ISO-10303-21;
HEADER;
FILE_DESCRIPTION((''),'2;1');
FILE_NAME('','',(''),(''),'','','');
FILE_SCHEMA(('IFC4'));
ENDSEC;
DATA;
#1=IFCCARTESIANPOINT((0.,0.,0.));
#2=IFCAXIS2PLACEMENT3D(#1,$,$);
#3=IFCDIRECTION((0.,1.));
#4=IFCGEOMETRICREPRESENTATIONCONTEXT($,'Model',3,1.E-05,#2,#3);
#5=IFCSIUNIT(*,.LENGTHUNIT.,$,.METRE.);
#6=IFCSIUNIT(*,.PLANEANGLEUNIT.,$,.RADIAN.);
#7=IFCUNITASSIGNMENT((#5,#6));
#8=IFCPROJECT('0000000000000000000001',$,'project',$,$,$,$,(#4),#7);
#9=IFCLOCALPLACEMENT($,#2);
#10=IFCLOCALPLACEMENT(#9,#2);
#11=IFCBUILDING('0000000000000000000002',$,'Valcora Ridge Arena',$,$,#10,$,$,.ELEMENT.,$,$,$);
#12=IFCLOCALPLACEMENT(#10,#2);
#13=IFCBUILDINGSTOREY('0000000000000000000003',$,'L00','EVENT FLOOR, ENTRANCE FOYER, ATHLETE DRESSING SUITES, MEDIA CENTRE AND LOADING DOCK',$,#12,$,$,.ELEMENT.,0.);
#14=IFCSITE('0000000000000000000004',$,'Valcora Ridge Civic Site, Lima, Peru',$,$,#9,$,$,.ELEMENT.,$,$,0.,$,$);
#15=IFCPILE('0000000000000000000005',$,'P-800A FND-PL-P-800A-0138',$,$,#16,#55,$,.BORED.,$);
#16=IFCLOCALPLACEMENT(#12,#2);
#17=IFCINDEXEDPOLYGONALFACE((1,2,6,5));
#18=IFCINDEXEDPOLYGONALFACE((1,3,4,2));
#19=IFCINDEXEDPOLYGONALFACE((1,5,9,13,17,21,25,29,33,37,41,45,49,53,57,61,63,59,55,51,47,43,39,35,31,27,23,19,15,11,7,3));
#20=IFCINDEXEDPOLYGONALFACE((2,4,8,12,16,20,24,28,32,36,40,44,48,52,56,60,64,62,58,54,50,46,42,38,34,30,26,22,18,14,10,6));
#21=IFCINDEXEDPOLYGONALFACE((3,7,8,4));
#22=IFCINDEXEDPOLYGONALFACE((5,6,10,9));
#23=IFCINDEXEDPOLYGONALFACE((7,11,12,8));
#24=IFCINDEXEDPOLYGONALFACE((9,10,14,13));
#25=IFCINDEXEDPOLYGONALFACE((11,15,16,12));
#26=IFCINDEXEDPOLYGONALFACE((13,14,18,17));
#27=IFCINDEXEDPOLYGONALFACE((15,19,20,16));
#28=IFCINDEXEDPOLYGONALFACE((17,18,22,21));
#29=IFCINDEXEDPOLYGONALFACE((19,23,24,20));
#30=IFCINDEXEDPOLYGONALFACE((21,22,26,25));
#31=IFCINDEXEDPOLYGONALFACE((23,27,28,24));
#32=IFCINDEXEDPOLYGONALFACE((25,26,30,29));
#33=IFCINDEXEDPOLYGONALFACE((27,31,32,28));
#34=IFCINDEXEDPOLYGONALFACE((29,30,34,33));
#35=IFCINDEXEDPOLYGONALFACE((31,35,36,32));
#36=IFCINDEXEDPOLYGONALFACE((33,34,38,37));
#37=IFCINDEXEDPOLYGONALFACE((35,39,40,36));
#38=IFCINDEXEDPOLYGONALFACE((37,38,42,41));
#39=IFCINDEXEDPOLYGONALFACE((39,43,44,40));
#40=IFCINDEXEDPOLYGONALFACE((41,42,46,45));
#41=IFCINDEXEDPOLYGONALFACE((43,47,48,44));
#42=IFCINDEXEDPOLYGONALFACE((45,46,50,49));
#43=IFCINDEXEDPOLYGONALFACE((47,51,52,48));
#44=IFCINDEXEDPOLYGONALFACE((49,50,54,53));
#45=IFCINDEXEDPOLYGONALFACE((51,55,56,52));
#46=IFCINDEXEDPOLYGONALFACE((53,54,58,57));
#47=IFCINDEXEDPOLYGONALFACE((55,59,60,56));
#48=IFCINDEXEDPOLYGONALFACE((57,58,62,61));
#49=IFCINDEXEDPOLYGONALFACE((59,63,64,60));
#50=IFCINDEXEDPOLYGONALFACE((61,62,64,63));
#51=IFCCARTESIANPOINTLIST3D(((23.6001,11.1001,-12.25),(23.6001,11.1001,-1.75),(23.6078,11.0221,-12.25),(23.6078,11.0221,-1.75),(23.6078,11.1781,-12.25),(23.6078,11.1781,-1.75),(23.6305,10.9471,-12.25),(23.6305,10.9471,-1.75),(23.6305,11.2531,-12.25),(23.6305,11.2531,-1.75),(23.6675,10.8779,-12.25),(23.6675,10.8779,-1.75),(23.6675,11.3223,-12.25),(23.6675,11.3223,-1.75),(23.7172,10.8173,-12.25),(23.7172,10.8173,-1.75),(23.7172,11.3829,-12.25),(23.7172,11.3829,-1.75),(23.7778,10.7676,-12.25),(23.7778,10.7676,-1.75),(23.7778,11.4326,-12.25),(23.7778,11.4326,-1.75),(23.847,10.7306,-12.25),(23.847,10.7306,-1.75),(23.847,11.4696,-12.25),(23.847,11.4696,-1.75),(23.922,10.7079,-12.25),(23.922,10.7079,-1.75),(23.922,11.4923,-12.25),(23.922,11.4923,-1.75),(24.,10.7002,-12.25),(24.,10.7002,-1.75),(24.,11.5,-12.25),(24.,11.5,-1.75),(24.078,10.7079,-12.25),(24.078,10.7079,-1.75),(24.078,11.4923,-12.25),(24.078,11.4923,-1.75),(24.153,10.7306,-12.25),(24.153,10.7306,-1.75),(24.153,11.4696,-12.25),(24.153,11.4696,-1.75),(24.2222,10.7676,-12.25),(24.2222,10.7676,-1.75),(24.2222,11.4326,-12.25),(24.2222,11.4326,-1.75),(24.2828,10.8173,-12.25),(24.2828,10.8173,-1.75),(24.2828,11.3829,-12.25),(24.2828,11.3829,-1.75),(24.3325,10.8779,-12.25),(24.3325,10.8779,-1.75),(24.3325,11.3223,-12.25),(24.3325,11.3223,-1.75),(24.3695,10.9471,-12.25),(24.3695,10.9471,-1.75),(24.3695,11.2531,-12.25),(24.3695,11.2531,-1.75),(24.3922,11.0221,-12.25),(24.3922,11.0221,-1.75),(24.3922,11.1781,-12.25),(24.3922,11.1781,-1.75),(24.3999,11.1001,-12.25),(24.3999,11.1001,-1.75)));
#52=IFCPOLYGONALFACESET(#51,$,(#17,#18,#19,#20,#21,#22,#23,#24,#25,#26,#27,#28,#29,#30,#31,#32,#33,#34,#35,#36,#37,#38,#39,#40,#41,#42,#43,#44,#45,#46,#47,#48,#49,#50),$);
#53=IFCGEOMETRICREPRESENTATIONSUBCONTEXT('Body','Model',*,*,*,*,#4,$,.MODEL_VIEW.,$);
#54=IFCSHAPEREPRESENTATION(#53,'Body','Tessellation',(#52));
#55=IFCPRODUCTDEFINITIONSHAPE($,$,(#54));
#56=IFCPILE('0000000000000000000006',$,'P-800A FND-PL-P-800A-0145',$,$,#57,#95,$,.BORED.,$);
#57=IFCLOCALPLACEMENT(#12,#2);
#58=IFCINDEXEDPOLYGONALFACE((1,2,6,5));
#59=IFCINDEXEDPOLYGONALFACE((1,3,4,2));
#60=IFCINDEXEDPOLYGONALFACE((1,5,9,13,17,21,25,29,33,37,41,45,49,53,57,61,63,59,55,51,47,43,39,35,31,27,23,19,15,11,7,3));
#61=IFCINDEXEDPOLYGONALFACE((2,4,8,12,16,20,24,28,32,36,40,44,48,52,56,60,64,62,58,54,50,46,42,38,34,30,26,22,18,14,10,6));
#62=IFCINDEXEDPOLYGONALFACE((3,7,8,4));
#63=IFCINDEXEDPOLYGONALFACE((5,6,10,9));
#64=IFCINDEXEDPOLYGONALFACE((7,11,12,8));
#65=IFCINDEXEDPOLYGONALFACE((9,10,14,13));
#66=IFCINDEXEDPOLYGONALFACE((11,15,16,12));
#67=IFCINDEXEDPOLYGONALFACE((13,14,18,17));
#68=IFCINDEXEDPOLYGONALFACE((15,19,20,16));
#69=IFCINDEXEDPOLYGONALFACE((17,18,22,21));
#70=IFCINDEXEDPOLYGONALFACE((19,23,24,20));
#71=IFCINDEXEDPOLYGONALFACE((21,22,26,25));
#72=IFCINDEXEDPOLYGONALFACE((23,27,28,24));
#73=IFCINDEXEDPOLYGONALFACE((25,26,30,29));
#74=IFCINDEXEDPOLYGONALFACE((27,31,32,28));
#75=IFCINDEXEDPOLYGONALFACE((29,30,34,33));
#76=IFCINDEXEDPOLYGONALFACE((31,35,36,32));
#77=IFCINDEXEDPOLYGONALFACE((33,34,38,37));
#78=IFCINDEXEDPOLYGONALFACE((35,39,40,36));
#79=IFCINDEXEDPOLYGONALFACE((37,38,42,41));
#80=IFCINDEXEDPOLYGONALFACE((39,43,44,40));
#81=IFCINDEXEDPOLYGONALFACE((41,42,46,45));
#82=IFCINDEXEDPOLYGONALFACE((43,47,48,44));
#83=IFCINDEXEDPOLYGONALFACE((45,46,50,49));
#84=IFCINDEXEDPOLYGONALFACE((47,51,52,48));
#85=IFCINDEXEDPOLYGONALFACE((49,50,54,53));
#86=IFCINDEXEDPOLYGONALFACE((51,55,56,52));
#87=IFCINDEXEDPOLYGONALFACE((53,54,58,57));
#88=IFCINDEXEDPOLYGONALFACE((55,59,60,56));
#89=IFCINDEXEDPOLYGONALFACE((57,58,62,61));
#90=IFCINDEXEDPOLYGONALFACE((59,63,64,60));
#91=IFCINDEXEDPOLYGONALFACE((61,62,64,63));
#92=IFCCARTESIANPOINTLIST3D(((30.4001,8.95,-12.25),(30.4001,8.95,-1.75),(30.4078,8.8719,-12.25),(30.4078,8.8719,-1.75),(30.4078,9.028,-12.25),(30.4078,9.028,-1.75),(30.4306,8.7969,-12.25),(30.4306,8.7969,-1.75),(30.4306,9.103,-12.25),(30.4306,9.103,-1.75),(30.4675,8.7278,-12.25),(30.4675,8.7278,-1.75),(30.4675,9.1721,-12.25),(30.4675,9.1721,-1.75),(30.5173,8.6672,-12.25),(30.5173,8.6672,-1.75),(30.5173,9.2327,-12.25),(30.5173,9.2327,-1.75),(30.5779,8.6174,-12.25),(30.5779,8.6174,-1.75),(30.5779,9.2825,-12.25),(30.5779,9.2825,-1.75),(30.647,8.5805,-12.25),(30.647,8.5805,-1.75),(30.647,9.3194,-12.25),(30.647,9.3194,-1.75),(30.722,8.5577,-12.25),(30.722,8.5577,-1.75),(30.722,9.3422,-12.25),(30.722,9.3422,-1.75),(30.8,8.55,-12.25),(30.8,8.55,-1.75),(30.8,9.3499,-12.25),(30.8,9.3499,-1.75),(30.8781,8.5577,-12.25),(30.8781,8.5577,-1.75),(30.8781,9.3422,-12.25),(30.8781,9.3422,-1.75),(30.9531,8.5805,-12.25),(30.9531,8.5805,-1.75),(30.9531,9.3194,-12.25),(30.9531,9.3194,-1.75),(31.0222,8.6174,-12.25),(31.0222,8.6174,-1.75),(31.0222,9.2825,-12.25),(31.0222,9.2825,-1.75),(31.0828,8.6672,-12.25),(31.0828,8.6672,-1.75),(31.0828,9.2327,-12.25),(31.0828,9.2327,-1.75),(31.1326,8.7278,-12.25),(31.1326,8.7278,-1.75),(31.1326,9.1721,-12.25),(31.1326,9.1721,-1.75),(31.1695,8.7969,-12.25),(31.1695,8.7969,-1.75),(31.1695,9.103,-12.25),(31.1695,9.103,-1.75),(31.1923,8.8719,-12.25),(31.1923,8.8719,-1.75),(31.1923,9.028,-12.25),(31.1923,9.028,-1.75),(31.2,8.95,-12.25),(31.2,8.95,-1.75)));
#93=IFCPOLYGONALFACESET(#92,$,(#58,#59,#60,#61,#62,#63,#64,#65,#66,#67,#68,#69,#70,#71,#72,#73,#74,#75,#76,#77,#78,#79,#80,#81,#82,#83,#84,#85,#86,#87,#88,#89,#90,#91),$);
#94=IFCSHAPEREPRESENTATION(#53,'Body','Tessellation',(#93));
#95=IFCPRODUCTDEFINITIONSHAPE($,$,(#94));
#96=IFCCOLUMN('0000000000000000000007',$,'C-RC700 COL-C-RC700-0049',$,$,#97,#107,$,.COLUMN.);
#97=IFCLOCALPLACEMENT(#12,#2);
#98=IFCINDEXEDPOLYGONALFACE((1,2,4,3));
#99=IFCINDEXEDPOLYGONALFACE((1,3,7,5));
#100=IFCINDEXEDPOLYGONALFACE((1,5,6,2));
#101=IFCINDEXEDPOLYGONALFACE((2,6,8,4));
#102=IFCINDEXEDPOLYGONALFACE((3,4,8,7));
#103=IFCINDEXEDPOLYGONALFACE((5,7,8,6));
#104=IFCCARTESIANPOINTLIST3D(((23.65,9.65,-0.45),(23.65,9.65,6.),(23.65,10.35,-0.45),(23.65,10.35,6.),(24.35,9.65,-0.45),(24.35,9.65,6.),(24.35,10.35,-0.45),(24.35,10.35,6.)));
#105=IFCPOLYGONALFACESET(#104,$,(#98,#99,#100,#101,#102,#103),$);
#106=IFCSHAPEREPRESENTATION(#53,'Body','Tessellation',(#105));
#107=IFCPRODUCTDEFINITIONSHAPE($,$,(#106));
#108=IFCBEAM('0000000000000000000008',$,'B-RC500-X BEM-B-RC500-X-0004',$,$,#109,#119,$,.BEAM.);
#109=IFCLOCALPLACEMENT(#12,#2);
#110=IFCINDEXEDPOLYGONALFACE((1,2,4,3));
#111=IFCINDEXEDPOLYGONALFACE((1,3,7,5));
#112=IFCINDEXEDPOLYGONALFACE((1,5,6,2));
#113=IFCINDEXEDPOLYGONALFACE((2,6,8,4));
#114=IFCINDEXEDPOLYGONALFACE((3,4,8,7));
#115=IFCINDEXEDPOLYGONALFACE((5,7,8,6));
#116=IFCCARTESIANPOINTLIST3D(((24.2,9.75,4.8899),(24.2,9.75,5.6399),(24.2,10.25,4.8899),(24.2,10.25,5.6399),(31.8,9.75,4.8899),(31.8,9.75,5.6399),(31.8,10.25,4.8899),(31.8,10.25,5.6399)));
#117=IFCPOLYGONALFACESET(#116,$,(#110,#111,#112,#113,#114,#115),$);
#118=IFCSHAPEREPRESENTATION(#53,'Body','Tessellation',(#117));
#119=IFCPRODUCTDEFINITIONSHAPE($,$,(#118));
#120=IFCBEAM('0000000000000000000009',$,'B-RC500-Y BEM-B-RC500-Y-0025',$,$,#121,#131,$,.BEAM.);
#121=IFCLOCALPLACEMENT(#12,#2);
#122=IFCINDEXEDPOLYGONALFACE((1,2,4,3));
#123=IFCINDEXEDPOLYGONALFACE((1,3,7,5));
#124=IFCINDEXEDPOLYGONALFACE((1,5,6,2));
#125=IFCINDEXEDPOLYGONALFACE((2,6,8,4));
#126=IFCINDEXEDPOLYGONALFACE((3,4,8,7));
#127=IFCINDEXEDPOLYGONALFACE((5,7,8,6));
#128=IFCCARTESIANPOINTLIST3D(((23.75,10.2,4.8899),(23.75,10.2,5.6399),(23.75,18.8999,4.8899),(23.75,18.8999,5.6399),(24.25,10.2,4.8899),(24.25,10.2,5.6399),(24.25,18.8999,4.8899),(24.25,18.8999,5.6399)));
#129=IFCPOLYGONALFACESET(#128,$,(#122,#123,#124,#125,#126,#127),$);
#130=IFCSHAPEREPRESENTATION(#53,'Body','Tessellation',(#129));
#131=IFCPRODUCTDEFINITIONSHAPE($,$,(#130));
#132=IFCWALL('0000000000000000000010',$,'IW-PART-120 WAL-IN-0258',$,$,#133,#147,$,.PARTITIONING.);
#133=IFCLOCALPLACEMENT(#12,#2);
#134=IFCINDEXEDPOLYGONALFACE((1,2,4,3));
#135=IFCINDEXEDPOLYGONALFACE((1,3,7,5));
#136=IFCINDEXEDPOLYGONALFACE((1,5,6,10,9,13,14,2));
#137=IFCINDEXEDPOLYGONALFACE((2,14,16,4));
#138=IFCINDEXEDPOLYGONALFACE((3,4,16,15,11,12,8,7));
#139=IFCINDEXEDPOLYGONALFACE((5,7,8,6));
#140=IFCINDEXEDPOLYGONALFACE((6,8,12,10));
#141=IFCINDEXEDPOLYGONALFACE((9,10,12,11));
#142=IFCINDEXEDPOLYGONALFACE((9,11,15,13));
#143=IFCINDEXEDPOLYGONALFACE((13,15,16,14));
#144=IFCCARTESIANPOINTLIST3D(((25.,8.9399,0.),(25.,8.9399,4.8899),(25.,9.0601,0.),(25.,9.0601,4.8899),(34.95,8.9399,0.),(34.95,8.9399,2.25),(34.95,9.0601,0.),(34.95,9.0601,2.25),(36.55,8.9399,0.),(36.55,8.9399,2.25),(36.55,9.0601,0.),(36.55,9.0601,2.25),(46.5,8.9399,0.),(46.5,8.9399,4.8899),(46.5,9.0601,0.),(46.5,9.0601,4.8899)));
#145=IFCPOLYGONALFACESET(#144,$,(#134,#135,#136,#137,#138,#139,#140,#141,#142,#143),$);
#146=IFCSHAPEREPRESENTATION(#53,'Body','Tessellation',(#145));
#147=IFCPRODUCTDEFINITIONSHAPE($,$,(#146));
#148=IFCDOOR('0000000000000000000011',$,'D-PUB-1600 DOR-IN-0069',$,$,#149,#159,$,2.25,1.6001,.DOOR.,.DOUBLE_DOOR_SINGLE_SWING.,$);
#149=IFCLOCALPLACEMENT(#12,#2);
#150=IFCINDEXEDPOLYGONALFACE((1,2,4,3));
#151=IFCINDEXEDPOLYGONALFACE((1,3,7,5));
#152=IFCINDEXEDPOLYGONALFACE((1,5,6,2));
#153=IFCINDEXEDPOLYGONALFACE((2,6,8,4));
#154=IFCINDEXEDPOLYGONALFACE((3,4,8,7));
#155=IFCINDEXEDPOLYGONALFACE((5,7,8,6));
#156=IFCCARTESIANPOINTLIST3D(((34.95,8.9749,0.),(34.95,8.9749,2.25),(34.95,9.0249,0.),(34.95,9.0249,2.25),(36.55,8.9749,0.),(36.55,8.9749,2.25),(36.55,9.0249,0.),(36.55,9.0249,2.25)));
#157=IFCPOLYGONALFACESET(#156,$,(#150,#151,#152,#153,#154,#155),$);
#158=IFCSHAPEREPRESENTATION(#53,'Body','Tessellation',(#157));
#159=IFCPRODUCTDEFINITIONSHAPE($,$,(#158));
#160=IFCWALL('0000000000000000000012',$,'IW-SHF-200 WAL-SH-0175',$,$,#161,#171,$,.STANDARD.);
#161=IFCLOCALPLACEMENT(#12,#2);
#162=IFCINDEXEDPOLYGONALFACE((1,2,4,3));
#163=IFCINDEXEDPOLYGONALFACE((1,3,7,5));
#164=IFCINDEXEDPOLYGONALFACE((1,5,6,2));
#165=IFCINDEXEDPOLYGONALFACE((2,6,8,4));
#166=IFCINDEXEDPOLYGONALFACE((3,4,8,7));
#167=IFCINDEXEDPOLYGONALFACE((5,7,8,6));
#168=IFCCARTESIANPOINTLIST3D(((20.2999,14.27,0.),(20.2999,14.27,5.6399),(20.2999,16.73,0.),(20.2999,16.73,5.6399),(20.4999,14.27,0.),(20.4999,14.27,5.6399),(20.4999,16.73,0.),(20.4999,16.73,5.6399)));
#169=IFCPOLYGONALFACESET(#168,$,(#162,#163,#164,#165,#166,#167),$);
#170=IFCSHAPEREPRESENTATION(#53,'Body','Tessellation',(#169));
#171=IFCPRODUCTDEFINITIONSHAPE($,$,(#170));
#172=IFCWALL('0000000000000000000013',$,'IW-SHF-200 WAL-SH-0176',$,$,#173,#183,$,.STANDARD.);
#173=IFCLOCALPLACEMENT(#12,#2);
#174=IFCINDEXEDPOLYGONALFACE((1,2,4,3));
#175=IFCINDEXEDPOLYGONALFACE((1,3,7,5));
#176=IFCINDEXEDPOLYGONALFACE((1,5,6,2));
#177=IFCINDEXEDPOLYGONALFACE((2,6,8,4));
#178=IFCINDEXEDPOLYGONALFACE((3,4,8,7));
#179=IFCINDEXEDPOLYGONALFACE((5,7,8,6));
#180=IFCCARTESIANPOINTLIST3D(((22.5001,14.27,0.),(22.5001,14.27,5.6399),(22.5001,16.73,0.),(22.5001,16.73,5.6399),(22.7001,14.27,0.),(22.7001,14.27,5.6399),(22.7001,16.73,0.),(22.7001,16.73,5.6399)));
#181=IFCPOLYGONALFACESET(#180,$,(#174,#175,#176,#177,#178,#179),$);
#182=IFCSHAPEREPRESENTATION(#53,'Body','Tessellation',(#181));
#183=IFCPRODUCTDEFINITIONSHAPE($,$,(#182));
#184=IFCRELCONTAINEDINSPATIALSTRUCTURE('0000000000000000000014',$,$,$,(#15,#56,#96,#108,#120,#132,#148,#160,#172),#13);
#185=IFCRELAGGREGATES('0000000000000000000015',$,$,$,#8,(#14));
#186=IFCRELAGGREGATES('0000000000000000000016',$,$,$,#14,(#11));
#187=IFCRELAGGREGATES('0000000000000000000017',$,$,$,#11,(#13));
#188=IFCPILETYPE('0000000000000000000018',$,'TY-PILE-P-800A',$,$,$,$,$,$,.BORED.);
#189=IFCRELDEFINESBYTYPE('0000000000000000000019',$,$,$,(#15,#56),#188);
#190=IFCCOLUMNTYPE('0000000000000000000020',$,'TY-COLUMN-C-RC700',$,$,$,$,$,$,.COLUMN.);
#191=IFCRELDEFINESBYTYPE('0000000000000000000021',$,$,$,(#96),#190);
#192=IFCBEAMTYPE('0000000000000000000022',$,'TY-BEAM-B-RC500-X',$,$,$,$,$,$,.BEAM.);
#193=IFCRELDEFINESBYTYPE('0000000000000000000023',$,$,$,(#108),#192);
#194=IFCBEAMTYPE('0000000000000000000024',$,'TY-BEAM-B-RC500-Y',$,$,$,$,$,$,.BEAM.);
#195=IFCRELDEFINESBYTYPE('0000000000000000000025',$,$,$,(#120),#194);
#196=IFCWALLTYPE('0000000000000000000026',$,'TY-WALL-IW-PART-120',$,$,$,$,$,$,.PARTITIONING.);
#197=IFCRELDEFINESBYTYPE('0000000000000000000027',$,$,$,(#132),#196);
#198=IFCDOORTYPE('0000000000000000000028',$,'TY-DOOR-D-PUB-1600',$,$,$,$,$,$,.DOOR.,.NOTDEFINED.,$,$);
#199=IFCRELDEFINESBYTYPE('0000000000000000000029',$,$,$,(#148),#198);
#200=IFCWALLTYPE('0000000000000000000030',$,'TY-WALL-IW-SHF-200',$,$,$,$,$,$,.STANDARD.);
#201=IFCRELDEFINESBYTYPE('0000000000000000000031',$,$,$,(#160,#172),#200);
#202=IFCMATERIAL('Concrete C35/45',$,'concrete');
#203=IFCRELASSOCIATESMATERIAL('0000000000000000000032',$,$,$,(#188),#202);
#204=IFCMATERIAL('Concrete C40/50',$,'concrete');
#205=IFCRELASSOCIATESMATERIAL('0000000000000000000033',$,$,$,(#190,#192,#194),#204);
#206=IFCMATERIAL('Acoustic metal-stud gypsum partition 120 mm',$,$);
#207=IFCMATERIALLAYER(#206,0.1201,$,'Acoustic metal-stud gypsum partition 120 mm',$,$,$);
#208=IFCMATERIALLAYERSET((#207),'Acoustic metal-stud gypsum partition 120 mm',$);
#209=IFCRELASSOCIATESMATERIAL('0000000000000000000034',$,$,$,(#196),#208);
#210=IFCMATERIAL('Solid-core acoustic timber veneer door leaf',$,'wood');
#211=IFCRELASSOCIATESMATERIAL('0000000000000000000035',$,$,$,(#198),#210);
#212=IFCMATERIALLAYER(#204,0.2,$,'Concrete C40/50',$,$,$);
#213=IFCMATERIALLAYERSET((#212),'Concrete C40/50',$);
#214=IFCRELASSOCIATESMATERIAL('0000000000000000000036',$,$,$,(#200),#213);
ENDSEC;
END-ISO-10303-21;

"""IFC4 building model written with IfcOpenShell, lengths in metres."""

from ifc_helpers import new_model, si_unit, direction, frame, frame_2d, origin, origin_2d, place, context, subcontext, project, spatial, rectangle, circle, extrude, material, layer, layer_set, material_profile, profile_set, type_object, element, fill, save


model = new_model("IFC4")

# Units and contexts
model_context = context("Model", 3, precision=1e-05, world=origin(), true_north=direction((0.0, 1.0)))
body_context = subcontext(model_context, "Body", "Model", "MODEL_VIEW")
ifc_project = project(units=[si_unit("LENGTHUNIT", "METRE"), si_unit("PLANEANGLEUNIT", "RADIAN")], contexts=[model_context])

# Site, building, storey
site_placement = place(None, origin())
site = spatial("IfcSite", under=ifc_project, at=site_placement, Name="Valcora Ridge Civic Site, Lima, Peru", CompositionType="ELEMENT", RefElevation=0.0)
building_placement = place(site_placement, origin())
building = spatial("IfcBuilding", under=site, at=building_placement, Name="Valcora Ridge Arena", CompositionType="ELEMENT")
storey_placement = place(building_placement, origin())
storey = spatial("IfcBuildingStorey", under=building, at=storey_placement, Name="L00", Description="EVENT FLOOR, ENTRANCE FOYER, ATHLETE DRESSING SUITES, MEDIA CENTRE AND LOADING DOCK", CompositionType="ELEMENT", Elevation=0.0)

# Shared definitions
ifc_material_1 = material(Name="Concrete C40/50", Category="concrete")

# Piles
ifc_material_2 = material(Name="Concrete C35/45", Category="concrete")
ifc_material_profile_1 = material_profile(ifc_material_2, circle(Radius=0.3999, at=origin_2d()), Name="BORED PILE D800")
ifc_profile_set_1 = profile_set([ifc_material_profile_1], Name="Concrete C35/45")
pile_type = type_object("IfcPileType", Name="TY-PILE-P-800A", PredefinedType="BORED", material=ifc_profile_set_1)
for number, where, z_axis, x_axis, name in (
    (1, (24.0, 11.1001, -1.75), (0.0, 0.0, -1.0), (1.0, 0.0, 0.0), "P-800A FND-PL-P-800A-0138"),
    (2, (30.8, 8.95, -1.75), (0.0, 0.0, -1.0), (1.0, 0.0, 0.0), "P-800A FND-PL-P-800A-0145"),
):
    element("IfcPile", number, at=place(storey_placement, frame(where, z_axis=z_axis, x_axis=x_axis)), inside=storey, type_object=pile_type, Name=name, PredefinedType="BORED", context=body_context, shape_type="SweptSolid", body=[
        extrude(circle(Radius=0.3999, at=origin_2d()), origin(), (0.0, 0.0, 1.0), 10.5),
    ])

# Column
ifc_material_profile_2 = material_profile(ifc_material_1, rectangle(XDim=0.7, YDim=0.7, at=origin_2d()), Name="RC 700x700")
ifc_profile_set_2 = profile_set([ifc_material_profile_2], Name="Concrete C40/50")
column_type = type_object("IfcColumnType", Name="TY-COLUMN-C-RC700", PredefinedType="COLUMN", material=ifc_profile_set_2)
column_placement = place(storey_placement, frame((24.0, 10.0, -0.45), z_axis=(0.0, 0.0, 1.0), x_axis=(1.0, 0.0, 0.0)))
element("IfcColumn", 3, at=column_placement, inside=storey, type_object=column_type, Name="C-RC700 COL-C-RC700-0049", PredefinedType="COLUMN", context=body_context, shape_type="SweptSolid", body=[
    extrude(rectangle(XDim=0.7, YDim=0.7, at=origin_2d()), origin(), (0.0, 0.0, 1.0), 6.45),
])

# Beams
ifc_material_profile_3 = material_profile(ifc_material_1, rectangle(XDim=0.5, YDim=0.75, at=origin_2d()), Name="RC 500x750")
ifc_profile_set_3 = profile_set([ifc_material_profile_3], Name="Concrete C40/50")
beam_type_1 = type_object("IfcBeamType", Name="TY-BEAM-B-RC500-X", PredefinedType="BEAM", material=ifc_profile_set_3)
beam_1_placement = place(storey_placement, frame((24.2, 10.0, 5.2649), z_axis=(1.0, 0.0, 0.0), x_axis=(0.0, 1.0, 0.0)))
element("IfcBeam", 4, at=beam_1_placement, inside=storey, type_object=beam_type_1, Name="B-RC500-X BEM-B-RC500-X-0004", PredefinedType="BEAM", context=body_context, shape_type="SweptSolid", body=[
    extrude(rectangle(XDim=0.5, YDim=0.75, at=origin_2d()), origin(), (0.0, 0.0, 1.0), 7.6001),
])
ifc_material_profile_4 = material_profile(ifc_material_1, rectangle(XDim=0.5, YDim=0.75, at=origin_2d()), Name="RC 500x750")
ifc_profile_set_4 = profile_set([ifc_material_profile_4], Name="Concrete C40/50")
beam_type_2 = type_object("IfcBeamType", Name="TY-BEAM-B-RC500-Y", PredefinedType="BEAM", material=ifc_profile_set_4)
beam_2_placement = place(storey_placement, frame((24.0, 10.2, 5.2649), z_axis=(0.0, 1.0, 0.0), x_axis=(-1.0, 0.0, 0.0)))
element("IfcBeam", 5, at=beam_2_placement, inside=storey, type_object=beam_type_2, Name="B-RC500-Y BEM-B-RC500-Y-0025", PredefinedType="BEAM", context=body_context, shape_type="SweptSolid", body=[
    extrude(rectangle(XDim=0.5, YDim=0.75, at=origin_2d()), origin(), (0.0, 0.0, 1.0), 8.7),
])

# Wall, opening, door
ifc_material_3 = material(Name="Acoustic metal-stud gypsum partition 120 mm")
ifc_layer_1 = layer(ifc_material_3, 0.1201, Name="Acoustic metal-stud gypsum partition 120 mm")
ifc_layer_set_1 = layer_set([ifc_layer_1], Name="Acoustic metal-stud gypsum partition 120 mm")
wall_type_1 = type_object("IfcWallType", Name="TY-WALL-IW-PART-120", PredefinedType="PARTITIONING", material=ifc_layer_set_1)
wall_1_placement = place(storey_placement, frame((25.0, 9.0, 0.0), z_axis=(0.0, 0.0, 1.0), x_axis=(1.0, 0.0, 0.0)))
wall_1 = element("IfcWall", 6, at=wall_1_placement, inside=storey, type_object=wall_type_1, Name="IW-PART-120 WAL-IN-0258", PredefinedType="PARTITIONING", context=body_context, shape_type="SweptSolid", body=[
    extrude(rectangle(XDim=21.5, YDim=0.1201, at=frame_2d((10.75, 0.0))), origin(), (0.0, 0.0, 1.0), 4.8899),
])
opening_1_placement = place(wall_1_placement, frame((9.95, 0.0, 0.0)))
opening_1 = element("IfcOpeningElement", 7, at=opening_1_placement, cuts=wall_1, PredefinedType="OPENING", context=body_context, shape_type="SweptSolid", body=[
    extrude(rectangle(XDim=1.6001, YDim=2.25, at=frame_2d((0.8, 1.125))), frame((0.0, 0.0701, 0.0), z_axis=(0.0, -1.0, 0.0), x_axis=(1.0, 0.0, 0.0)), (0.0, 0.0, 1.0), 0.1401),
])
ifc_material_4 = material(Name="Solid-core acoustic timber veneer door leaf", Category="wood")
door_type_1 = type_object("IfcDoorType", Name="TY-DOOR-D-PUB-1600", OperationType="NOTDEFINED", PredefinedType="DOOR", material=ifc_material_4)
door_1_placement = place(opening_1_placement, origin())
door_1 = element("IfcDoor", 8, at=door_1_placement, inside=storey, type_object=door_type_1, Name="D-PUB-1600 DOR-IN-0069", OperationType="DOUBLE_DOOR_SINGLE_SWING", OverallHeight=2.25, OverallWidth=1.6001, PredefinedType="DOOR", context=body_context, shape_type="SweptSolid", body=[
    extrude(rectangle(XDim=1.6001, YDim=2.25, at=frame_2d((0.8, 1.125))), frame((0.0, 0.0249, 0.0), z_axis=(0.0, -1.0, 0.0), x_axis=(1.0, 0.0, 0.0)), (0.0, 0.0, 1.0), 0.05),
])
fill(opening_1, door_1)
ifc_layer_2 = layer(ifc_material_1, 0.2, Name="Concrete C40/50")
ifc_layer_set_2 = layer_set([ifc_layer_2], Name="Concrete C40/50")
wall_type_2 = type_object("IfcWallType", Name="TY-WALL-IW-SHF-200", PredefinedType="STANDARD", material=ifc_layer_set_2)

# Walls
for number, where, z_axis, x_axis, name in (
    (9, (20.3999, 14.27, 0.0), (0.0, 0.0, 1.0), (0.0, 1.0, 0.0), "IW-SHF-200 WAL-SH-0175"),
    (10, (22.6001, 14.27, 0.0), (0.0, 0.0, 1.0), (0.0, 1.0, 0.0), "IW-SHF-200 WAL-SH-0176"),
):
    element("IfcWall", number, at=place(storey_placement, frame(where, z_axis=z_axis, x_axis=x_axis)), inside=storey, type_object=wall_type_2, Name=name, PredefinedType="STANDARD", context=body_context, shape_type="SweptSolid", body=[
        extrude(rectangle(XDim=2.46, YDim=0.2, at=frame_2d((1.23, 0.0))), origin(), (0.0, 0.0, 1.0), 5.6399),
    ])

save(model, "model.ifc")
